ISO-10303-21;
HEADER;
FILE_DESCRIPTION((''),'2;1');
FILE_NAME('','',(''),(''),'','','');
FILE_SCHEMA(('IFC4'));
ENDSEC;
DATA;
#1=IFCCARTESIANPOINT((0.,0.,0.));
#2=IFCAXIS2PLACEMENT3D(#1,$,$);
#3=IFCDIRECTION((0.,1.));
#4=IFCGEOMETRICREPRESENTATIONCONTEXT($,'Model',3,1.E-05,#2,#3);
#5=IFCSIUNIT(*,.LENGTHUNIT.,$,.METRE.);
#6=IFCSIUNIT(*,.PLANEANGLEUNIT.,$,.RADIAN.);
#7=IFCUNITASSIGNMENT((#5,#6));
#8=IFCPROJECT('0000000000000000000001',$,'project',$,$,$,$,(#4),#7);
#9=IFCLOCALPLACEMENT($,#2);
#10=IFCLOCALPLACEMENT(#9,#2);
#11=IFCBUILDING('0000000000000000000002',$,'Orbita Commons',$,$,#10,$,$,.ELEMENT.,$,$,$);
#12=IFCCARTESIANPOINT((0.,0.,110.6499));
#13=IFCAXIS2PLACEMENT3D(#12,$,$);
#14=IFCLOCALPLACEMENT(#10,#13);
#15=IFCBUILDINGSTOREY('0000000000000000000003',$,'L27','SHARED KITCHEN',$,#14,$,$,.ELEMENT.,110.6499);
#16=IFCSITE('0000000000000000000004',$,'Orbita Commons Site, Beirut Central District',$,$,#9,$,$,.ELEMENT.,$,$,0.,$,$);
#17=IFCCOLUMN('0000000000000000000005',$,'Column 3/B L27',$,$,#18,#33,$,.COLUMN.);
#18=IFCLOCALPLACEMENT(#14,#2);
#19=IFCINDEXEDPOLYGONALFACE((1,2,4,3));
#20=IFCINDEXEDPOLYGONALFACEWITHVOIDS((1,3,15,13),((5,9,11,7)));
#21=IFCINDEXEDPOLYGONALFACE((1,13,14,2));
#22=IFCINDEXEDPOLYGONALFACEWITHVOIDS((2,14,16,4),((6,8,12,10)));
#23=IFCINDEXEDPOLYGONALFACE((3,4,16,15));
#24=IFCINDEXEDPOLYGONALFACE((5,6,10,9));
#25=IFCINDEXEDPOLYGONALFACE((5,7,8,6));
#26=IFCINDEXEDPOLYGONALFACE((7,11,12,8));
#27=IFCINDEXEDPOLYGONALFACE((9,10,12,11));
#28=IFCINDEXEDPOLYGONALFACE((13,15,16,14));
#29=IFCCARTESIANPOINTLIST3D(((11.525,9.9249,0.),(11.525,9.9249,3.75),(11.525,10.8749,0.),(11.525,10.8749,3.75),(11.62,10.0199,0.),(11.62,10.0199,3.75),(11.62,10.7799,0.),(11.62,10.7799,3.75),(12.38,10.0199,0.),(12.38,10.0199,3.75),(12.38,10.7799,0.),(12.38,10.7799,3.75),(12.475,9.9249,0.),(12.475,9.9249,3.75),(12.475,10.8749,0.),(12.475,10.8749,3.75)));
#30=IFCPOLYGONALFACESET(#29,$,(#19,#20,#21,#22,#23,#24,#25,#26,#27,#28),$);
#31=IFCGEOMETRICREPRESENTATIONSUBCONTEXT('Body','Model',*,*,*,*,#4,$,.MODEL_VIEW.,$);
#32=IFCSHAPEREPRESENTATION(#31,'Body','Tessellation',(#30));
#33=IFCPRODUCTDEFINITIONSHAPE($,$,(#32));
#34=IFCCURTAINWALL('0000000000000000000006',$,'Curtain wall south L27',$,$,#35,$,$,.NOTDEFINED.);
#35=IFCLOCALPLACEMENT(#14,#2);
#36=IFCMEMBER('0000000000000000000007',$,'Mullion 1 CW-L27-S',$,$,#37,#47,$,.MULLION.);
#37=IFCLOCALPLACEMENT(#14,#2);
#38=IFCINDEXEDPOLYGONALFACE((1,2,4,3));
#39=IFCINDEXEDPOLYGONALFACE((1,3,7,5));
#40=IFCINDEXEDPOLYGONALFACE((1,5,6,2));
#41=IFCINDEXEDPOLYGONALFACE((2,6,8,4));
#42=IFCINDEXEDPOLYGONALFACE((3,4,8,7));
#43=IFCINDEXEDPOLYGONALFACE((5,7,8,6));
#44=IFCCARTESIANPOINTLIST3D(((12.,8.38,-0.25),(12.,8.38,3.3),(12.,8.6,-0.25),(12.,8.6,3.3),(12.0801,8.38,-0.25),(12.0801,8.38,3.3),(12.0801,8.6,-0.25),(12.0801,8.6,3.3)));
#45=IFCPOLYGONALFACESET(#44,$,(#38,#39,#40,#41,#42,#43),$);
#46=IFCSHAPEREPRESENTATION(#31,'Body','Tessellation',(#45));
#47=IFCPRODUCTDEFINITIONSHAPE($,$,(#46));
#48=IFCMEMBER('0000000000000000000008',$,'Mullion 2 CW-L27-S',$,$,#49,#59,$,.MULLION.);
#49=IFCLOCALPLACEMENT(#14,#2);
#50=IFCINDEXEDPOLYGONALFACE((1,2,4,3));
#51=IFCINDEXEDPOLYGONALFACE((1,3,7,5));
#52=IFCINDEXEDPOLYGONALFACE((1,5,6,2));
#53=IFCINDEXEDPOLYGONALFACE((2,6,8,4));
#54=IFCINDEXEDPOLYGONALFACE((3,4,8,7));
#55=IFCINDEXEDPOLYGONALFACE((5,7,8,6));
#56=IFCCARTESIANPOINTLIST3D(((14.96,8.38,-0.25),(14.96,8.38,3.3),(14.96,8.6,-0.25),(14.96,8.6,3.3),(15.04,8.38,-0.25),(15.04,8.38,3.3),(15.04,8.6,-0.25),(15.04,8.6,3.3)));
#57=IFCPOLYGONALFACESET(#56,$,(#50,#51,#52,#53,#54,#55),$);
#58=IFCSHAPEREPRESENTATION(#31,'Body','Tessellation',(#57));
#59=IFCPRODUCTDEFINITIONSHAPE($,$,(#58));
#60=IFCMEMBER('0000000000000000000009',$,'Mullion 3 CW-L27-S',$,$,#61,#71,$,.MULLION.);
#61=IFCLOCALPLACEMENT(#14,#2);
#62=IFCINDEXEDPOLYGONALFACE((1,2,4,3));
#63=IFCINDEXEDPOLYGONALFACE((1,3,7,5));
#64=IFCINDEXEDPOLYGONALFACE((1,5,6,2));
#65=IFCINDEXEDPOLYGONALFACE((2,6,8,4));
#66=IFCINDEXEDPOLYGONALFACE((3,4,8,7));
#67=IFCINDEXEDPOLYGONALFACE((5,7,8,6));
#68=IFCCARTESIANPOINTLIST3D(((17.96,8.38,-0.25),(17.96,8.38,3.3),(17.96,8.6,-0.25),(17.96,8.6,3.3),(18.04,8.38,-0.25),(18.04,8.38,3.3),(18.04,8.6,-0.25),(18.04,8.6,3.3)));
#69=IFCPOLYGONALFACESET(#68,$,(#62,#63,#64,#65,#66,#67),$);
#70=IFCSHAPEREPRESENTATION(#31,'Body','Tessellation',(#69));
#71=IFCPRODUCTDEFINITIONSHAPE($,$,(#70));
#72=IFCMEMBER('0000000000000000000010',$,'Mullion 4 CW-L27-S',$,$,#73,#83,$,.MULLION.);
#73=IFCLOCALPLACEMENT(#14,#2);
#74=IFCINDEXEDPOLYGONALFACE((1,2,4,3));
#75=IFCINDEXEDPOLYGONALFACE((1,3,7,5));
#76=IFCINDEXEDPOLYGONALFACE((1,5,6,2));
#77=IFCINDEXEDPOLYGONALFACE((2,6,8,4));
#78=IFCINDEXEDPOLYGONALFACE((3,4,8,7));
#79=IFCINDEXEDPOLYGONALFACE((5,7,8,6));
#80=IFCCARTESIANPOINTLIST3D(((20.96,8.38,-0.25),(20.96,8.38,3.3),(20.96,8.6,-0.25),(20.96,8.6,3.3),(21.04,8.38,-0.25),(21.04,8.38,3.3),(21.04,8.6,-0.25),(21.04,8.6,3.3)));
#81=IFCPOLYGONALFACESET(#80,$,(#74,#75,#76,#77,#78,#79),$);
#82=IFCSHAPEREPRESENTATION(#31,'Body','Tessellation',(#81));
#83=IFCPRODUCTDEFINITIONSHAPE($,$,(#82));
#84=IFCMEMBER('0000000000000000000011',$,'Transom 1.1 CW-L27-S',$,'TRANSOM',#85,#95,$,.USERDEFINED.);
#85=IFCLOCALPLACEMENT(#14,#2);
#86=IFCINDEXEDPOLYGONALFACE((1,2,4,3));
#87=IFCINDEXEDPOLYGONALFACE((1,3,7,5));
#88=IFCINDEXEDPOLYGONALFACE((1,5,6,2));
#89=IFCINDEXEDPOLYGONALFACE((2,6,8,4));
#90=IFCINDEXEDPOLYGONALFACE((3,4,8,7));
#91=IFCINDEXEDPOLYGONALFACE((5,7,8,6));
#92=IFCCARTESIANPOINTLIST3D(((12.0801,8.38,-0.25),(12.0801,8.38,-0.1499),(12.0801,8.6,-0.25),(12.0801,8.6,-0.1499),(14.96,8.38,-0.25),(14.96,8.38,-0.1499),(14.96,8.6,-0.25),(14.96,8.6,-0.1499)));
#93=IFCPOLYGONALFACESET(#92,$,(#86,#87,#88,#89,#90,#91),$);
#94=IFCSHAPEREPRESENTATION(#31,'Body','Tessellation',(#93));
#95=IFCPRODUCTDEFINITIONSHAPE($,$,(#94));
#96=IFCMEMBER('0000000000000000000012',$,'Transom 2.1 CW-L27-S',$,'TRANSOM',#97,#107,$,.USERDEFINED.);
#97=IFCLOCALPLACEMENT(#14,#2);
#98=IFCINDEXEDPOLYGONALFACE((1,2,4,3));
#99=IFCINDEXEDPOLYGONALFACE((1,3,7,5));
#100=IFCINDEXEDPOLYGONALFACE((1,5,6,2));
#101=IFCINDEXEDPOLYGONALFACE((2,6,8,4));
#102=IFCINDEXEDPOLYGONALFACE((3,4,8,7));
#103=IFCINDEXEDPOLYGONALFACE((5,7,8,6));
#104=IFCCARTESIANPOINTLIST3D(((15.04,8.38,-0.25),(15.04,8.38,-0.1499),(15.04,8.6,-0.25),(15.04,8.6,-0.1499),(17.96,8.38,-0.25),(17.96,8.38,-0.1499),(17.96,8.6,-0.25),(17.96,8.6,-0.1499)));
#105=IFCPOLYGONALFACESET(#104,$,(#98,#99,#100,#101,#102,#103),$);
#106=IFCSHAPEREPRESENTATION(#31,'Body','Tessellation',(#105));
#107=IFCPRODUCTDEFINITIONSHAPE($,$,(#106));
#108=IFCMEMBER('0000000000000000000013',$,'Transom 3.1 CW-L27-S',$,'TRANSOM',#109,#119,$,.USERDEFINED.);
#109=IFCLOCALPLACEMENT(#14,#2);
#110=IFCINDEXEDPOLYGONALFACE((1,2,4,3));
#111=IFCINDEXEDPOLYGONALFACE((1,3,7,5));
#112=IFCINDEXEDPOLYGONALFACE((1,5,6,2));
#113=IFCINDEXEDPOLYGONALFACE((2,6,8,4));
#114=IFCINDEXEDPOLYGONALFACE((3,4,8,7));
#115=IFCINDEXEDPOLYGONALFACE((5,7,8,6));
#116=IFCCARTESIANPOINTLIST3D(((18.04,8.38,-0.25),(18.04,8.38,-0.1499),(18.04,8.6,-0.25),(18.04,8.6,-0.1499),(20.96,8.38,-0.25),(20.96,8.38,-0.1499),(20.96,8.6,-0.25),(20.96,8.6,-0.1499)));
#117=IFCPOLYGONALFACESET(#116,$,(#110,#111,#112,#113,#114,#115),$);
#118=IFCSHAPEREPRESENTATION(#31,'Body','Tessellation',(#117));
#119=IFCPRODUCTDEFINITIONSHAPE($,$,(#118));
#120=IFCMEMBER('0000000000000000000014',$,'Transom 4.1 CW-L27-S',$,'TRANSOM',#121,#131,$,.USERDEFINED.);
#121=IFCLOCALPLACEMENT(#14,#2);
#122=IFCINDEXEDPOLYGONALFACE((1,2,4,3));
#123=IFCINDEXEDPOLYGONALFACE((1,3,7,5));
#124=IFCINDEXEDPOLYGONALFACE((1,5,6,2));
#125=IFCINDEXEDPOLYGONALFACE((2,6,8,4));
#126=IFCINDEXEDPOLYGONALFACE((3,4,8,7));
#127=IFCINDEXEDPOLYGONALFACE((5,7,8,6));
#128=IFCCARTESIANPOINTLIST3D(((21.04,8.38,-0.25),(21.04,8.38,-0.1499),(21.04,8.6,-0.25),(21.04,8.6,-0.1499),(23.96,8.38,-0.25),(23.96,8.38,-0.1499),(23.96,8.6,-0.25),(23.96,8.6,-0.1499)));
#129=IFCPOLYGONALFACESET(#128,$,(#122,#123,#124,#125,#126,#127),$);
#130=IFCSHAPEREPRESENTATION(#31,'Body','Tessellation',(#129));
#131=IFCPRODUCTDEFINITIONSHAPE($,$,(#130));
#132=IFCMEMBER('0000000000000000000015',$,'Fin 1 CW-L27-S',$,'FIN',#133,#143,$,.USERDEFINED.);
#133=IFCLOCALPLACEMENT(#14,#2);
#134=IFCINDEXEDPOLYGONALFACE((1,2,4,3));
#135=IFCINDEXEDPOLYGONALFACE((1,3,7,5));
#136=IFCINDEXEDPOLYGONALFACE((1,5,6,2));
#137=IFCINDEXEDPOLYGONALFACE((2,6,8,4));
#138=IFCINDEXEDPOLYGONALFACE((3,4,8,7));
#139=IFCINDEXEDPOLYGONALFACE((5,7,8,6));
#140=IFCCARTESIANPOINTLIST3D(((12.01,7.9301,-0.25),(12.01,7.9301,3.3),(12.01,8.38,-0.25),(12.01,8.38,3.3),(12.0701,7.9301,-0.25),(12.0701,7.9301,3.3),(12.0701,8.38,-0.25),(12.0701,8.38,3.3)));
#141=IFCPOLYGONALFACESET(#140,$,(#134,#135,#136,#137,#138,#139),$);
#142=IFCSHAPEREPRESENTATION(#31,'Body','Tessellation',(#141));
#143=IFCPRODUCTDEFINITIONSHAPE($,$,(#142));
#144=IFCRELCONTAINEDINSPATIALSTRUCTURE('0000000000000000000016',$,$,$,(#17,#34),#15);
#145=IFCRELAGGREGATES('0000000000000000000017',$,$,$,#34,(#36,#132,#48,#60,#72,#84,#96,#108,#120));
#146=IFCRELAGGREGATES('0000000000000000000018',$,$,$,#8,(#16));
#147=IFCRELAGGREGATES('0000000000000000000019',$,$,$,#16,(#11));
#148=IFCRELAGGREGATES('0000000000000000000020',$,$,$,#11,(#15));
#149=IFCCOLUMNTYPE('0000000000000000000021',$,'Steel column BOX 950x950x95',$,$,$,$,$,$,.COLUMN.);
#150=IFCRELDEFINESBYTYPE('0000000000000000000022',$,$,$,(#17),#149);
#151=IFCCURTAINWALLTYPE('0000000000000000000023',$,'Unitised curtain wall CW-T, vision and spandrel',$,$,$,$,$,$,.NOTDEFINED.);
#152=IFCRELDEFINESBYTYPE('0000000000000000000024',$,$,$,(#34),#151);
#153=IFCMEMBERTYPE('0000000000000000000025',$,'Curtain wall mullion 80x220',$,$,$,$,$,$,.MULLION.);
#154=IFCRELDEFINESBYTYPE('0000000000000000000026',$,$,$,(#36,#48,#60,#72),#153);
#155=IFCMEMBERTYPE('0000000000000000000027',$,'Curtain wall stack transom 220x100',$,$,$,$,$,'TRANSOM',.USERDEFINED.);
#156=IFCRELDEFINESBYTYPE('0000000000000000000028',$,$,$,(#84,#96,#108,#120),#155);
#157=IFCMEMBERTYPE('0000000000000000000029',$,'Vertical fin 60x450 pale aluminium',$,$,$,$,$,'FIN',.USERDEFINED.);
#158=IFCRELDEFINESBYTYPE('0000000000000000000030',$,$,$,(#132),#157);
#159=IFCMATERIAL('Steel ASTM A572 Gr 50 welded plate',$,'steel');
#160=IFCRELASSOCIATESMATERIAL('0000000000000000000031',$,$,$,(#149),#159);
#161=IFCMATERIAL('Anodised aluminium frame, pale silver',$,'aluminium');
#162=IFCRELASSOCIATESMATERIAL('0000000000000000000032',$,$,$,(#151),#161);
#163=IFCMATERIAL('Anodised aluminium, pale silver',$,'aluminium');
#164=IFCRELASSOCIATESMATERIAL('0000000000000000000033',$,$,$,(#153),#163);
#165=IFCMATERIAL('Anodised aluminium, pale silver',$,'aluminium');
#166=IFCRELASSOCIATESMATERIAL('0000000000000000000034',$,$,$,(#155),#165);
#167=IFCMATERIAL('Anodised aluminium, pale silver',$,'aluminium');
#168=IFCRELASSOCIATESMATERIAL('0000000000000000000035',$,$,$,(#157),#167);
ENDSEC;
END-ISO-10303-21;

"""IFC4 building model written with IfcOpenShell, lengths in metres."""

from ifc_helpers import new_model, si_unit, direction, frame, origin, origin_2d, place, context, subcontext, project, spatial, rectangle, hollow_rectangle, extrude, material, material_profile, profile_set, type_object, element, aggregate, save


model = new_model("IFC4")

# Units and contexts
model_context = context("Model", 3, precision=1e-05, world=origin(), true_north=direction((0.0, 1.0)))
body_context = subcontext(model_context, "Body", "Model", "MODEL_VIEW")
ifc_project = project(units=[si_unit("LENGTHUNIT", "METRE"), si_unit("PLANEANGLEUNIT", "RADIAN")], contexts=[model_context])

# Site, building, storey
site_placement = place(None, origin())
site = spatial("IfcSite", under=ifc_project, at=site_placement, Name="Orbita Commons Site, Beirut Central District", CompositionType="ELEMENT", RefElevation=0.0)
building_placement = place(site_placement, origin())
building = spatial("IfcBuilding", under=site, at=building_placement, Name="Orbita Commons", CompositionType="ELEMENT")
storey_placement = place(building_placement, frame((0.0, 0.0, 110.6499)))
storey = spatial("IfcBuildingStorey", under=building, at=storey_placement, Name="L27", Description="SHARED KITCHEN", CompositionType="ELEMENT", Elevation=110.6499)

# Column
ifc_material_1 = material(Name="Steel ASTM A572 Gr 50 welded plate", Category="steel")
ifc_material_profile_1 = material_profile(ifc_material_1, hollow_rectangle(XDim=0.95, YDim=0.95, WallThickness=0.095, at=origin_2d()), Name="BOX 950x950x95")
ifc_profile_set_1 = profile_set([ifc_material_profile_1], Name="Steel ASTM A572 Gr 50 welded plate")
column_type = type_object("IfcColumnType", Name="Steel column BOX 950x950x95", PredefinedType="COLUMN", material=ifc_profile_set_1)
column_placement = place(storey_placement, frame((12.0, 10.3999, 0.0), z_axis=(0.0, 0.0, 1.0), x_axis=(1.0, 0.0, 0.0)))
element("IfcColumn", 1, at=column_placement, inside=storey, type_object=column_type, Name="Column 3/B L27", PredefinedType="COLUMN", context=body_context, shape_type="SweptSolid", body=[
    extrude(hollow_rectangle(XDim=0.95, YDim=0.95, WallThickness=0.095, at=origin_2d()), origin(), (0.0, 0.0, 1.0), 3.75),
])

# Curtain wall, members
ifc_material_2 = material(Name="Anodised aluminium frame, pale silver", Category="aluminium")
curtain_wall_type = type_object("IfcCurtainWallType", Name="Unitised curtain wall CW-T, vision and spandrel", PredefinedType="NOTDEFINED", material=ifc_material_2)
curtain_wall_placement = place(storey_placement, origin())
curtain_wall = element("IfcCurtainWall", 2, at=curtain_wall_placement, inside=storey, type_object=curtain_wall_type, Name="Curtain wall south L27", PredefinedType="NOTDEFINED")
ifc_material_3 = material(Name="Anodised aluminium, pale silver", Category="aluminium")
ifc_material_profile_2 = material_profile(ifc_material_3, rectangle(XDim=0.0801, YDim=0.22, at=origin_2d()), Name="AL 80x220")
ifc_profile_set_2 = profile_set([ifc_material_profile_2], Name="Anodised aluminium, pale silver")
member_type_1 = type_object("IfcMemberType", Name="Curtain wall mullion 80x220", PredefinedType="MULLION", material=ifc_profile_set_2)
member_1_placement = place(storey_placement, frame((12.04, 8.49, -0.25), z_axis=(0.0, 0.0, 1.0), x_axis=(1.0, 0.0, 0.0)))
member_1 = element("IfcMember", 3, at=member_1_placement, type_object=member_type_1, Name="Mullion 1 CW-L27-S", PredefinedType="MULLION", context=body_context, shape_type="SweptSolid", body=[
    extrude(rectangle(XDim=0.0801, YDim=0.22, at=origin_2d()), origin(), (0.0, 0.0, 1.0), 3.55),
])
member_2_placement = place(storey_placement, frame((15.0, 8.49, -0.25), z_axis=(0.0, 0.0, 1.0), x_axis=(1.0, 0.0, 0.0)))
member_2 = element("IfcMember", 4, at=member_2_placement, type_object=member_type_1, Name="Mullion 2 CW-L27-S", PredefinedType="MULLION", context=body_context, shape_type="SweptSolid", body=[
    extrude(rectangle(XDim=0.0801, YDim=0.22, at=origin_2d()), origin(), (0.0, 0.0, 1.0), 3.55),
])
member_3_placement = place(storey_placement, frame((18.0, 8.49, -0.25), z_axis=(0.0, 0.0, 1.0), x_axis=(1.0, 0.0, 0.0)))
member_3 = element("IfcMember", 5, at=member_3_placement, type_object=member_type_1, Name="Mullion 3 CW-L27-S", PredefinedType="MULLION", context=body_context, shape_type="SweptSolid", body=[
    extrude(rectangle(XDim=0.0801, YDim=0.22, at=origin_2d()), origin(), (0.0, 0.0, 1.0), 3.55),
])
member_4_placement = place(storey_placement, frame((21.0, 8.49, -0.25), z_axis=(0.0, 0.0, 1.0), x_axis=(1.0, 0.0, 0.0)))
member_4 = element("IfcMember", 6, at=member_4_placement, type_object=member_type_1, Name="Mullion 4 CW-L27-S", PredefinedType="MULLION", context=body_context, shape_type="SweptSolid", body=[
    extrude(rectangle(XDim=0.0801, YDim=0.22, at=origin_2d()), origin(), (0.0, 0.0, 1.0), 3.55),
])
ifc_material_4 = material(Name="Anodised aluminium, pale silver", Category="aluminium")
ifc_material_profile_3 = material_profile(ifc_material_4, rectangle(XDim=0.22, YDim=0.1001, at=origin_2d()), Name="AL 220x100")
ifc_profile_set_3 = profile_set([ifc_material_profile_3], Name="Anodised aluminium, pale silver")
member_type_2 = type_object("IfcMemberType", Name="Curtain wall stack transom 220x100", ElementType="TRANSOM", PredefinedType="USERDEFINED", material=ifc_profile_set_3)
member_5_placement = place(storey_placement, frame((12.0801, 8.49, -0.2), z_axis=(1.0, 0.0, 0.0), x_axis=(0.0, 1.0, 0.0)))
member_5 = element("IfcMember", 7, at=member_5_placement, type_object=member_type_2, Name="Transom 1.1 CW-L27-S", ObjectType="TRANSOM", PredefinedType="USERDEFINED", context=body_context, shape_type="SweptSolid", body=[
    extrude(rectangle(XDim=0.22, YDim=0.1001, at=origin_2d()), origin(), (0.0, 0.0, 1.0), 2.8799),
])
member_6_placement = place(storey_placement, frame((15.04, 8.49, -0.2), z_axis=(1.0, 0.0, 0.0), x_axis=(0.0, 1.0, 0.0)))
member_6 = element("IfcMember", 8, at=member_6_placement, type_object=member_type_2, Name="Transom 2.1 CW-L27-S", ObjectType="TRANSOM", PredefinedType="USERDEFINED", context=body_context, shape_type="SweptSolid", body=[
    extrude(rectangle(XDim=0.22, YDim=0.1001, at=origin_2d()), origin(), (0.0, 0.0, 1.0), 2.9199),
])
member_7_placement = place(storey_placement, frame((18.04, 8.49, -0.2), z_axis=(1.0, 0.0, 0.0), x_axis=(0.0, 1.0, 0.0)))
member_7 = element("IfcMember", 9, at=member_7_placement, type_object=member_type_2, Name="Transom 3.1 CW-L27-S", ObjectType="TRANSOM", PredefinedType="USERDEFINED", context=body_context, shape_type="SweptSolid", body=[
    extrude(rectangle(XDim=0.22, YDim=0.1001, at=origin_2d()), origin(), (0.0, 0.0, 1.0), 2.9199),
])
member_8_placement = place(storey_placement, frame((21.04, 8.49, -0.2), z_axis=(1.0, 0.0, 0.0), x_axis=(0.0, 1.0, 0.0)))
member_8 = element("IfcMember", 10, at=member_8_placement, type_object=member_type_2, Name="Transom 4.1 CW-L27-S", ObjectType="TRANSOM", PredefinedType="USERDEFINED", context=body_context, shape_type="SweptSolid", body=[
    extrude(rectangle(XDim=0.22, YDim=0.1001, at=origin_2d()), origin(), (0.0, 0.0, 1.0), 2.9199),
])
ifc_material_5 = material(Name="Anodised aluminium, pale silver", Category="aluminium")
ifc_material_profile_4 = material_profile(ifc_material_5, rectangle(XDim=0.0601, YDim=0.45, at=origin_2d()), Name="FIN 60x450")
ifc_profile_set_4 = profile_set([ifc_material_profile_4], Name="Anodised aluminium, pale silver")
member_type_3 = type_object("IfcMemberType", Name="Vertical fin 60x450 pale aluminium", ElementType="FIN", PredefinedType="USERDEFINED", material=ifc_profile_set_4)
member_9_placement = place(storey_placement, frame((12.04, 8.155, -0.25), z_axis=(0.0, 0.0, 1.0), x_axis=(1.0, 0.0, 0.0)))
member_9 = element("IfcMember", 11, at=member_9_placement, type_object=member_type_3, Name="Fin 1 CW-L27-S", ObjectType="FIN", PredefinedType="USERDEFINED", context=body_context, shape_type="SweptSolid", body=[
    extrude(rectangle(XDim=0.0601, YDim=0.45, at=origin_2d()), origin(), (0.0, 0.0, 1.0), 3.55),
])

aggregate(curtain_wall, [member_1, member_9, member_2, member_3, member_4, member_5, member_6, member_7, member_8])

save(model, "model.ifc")
